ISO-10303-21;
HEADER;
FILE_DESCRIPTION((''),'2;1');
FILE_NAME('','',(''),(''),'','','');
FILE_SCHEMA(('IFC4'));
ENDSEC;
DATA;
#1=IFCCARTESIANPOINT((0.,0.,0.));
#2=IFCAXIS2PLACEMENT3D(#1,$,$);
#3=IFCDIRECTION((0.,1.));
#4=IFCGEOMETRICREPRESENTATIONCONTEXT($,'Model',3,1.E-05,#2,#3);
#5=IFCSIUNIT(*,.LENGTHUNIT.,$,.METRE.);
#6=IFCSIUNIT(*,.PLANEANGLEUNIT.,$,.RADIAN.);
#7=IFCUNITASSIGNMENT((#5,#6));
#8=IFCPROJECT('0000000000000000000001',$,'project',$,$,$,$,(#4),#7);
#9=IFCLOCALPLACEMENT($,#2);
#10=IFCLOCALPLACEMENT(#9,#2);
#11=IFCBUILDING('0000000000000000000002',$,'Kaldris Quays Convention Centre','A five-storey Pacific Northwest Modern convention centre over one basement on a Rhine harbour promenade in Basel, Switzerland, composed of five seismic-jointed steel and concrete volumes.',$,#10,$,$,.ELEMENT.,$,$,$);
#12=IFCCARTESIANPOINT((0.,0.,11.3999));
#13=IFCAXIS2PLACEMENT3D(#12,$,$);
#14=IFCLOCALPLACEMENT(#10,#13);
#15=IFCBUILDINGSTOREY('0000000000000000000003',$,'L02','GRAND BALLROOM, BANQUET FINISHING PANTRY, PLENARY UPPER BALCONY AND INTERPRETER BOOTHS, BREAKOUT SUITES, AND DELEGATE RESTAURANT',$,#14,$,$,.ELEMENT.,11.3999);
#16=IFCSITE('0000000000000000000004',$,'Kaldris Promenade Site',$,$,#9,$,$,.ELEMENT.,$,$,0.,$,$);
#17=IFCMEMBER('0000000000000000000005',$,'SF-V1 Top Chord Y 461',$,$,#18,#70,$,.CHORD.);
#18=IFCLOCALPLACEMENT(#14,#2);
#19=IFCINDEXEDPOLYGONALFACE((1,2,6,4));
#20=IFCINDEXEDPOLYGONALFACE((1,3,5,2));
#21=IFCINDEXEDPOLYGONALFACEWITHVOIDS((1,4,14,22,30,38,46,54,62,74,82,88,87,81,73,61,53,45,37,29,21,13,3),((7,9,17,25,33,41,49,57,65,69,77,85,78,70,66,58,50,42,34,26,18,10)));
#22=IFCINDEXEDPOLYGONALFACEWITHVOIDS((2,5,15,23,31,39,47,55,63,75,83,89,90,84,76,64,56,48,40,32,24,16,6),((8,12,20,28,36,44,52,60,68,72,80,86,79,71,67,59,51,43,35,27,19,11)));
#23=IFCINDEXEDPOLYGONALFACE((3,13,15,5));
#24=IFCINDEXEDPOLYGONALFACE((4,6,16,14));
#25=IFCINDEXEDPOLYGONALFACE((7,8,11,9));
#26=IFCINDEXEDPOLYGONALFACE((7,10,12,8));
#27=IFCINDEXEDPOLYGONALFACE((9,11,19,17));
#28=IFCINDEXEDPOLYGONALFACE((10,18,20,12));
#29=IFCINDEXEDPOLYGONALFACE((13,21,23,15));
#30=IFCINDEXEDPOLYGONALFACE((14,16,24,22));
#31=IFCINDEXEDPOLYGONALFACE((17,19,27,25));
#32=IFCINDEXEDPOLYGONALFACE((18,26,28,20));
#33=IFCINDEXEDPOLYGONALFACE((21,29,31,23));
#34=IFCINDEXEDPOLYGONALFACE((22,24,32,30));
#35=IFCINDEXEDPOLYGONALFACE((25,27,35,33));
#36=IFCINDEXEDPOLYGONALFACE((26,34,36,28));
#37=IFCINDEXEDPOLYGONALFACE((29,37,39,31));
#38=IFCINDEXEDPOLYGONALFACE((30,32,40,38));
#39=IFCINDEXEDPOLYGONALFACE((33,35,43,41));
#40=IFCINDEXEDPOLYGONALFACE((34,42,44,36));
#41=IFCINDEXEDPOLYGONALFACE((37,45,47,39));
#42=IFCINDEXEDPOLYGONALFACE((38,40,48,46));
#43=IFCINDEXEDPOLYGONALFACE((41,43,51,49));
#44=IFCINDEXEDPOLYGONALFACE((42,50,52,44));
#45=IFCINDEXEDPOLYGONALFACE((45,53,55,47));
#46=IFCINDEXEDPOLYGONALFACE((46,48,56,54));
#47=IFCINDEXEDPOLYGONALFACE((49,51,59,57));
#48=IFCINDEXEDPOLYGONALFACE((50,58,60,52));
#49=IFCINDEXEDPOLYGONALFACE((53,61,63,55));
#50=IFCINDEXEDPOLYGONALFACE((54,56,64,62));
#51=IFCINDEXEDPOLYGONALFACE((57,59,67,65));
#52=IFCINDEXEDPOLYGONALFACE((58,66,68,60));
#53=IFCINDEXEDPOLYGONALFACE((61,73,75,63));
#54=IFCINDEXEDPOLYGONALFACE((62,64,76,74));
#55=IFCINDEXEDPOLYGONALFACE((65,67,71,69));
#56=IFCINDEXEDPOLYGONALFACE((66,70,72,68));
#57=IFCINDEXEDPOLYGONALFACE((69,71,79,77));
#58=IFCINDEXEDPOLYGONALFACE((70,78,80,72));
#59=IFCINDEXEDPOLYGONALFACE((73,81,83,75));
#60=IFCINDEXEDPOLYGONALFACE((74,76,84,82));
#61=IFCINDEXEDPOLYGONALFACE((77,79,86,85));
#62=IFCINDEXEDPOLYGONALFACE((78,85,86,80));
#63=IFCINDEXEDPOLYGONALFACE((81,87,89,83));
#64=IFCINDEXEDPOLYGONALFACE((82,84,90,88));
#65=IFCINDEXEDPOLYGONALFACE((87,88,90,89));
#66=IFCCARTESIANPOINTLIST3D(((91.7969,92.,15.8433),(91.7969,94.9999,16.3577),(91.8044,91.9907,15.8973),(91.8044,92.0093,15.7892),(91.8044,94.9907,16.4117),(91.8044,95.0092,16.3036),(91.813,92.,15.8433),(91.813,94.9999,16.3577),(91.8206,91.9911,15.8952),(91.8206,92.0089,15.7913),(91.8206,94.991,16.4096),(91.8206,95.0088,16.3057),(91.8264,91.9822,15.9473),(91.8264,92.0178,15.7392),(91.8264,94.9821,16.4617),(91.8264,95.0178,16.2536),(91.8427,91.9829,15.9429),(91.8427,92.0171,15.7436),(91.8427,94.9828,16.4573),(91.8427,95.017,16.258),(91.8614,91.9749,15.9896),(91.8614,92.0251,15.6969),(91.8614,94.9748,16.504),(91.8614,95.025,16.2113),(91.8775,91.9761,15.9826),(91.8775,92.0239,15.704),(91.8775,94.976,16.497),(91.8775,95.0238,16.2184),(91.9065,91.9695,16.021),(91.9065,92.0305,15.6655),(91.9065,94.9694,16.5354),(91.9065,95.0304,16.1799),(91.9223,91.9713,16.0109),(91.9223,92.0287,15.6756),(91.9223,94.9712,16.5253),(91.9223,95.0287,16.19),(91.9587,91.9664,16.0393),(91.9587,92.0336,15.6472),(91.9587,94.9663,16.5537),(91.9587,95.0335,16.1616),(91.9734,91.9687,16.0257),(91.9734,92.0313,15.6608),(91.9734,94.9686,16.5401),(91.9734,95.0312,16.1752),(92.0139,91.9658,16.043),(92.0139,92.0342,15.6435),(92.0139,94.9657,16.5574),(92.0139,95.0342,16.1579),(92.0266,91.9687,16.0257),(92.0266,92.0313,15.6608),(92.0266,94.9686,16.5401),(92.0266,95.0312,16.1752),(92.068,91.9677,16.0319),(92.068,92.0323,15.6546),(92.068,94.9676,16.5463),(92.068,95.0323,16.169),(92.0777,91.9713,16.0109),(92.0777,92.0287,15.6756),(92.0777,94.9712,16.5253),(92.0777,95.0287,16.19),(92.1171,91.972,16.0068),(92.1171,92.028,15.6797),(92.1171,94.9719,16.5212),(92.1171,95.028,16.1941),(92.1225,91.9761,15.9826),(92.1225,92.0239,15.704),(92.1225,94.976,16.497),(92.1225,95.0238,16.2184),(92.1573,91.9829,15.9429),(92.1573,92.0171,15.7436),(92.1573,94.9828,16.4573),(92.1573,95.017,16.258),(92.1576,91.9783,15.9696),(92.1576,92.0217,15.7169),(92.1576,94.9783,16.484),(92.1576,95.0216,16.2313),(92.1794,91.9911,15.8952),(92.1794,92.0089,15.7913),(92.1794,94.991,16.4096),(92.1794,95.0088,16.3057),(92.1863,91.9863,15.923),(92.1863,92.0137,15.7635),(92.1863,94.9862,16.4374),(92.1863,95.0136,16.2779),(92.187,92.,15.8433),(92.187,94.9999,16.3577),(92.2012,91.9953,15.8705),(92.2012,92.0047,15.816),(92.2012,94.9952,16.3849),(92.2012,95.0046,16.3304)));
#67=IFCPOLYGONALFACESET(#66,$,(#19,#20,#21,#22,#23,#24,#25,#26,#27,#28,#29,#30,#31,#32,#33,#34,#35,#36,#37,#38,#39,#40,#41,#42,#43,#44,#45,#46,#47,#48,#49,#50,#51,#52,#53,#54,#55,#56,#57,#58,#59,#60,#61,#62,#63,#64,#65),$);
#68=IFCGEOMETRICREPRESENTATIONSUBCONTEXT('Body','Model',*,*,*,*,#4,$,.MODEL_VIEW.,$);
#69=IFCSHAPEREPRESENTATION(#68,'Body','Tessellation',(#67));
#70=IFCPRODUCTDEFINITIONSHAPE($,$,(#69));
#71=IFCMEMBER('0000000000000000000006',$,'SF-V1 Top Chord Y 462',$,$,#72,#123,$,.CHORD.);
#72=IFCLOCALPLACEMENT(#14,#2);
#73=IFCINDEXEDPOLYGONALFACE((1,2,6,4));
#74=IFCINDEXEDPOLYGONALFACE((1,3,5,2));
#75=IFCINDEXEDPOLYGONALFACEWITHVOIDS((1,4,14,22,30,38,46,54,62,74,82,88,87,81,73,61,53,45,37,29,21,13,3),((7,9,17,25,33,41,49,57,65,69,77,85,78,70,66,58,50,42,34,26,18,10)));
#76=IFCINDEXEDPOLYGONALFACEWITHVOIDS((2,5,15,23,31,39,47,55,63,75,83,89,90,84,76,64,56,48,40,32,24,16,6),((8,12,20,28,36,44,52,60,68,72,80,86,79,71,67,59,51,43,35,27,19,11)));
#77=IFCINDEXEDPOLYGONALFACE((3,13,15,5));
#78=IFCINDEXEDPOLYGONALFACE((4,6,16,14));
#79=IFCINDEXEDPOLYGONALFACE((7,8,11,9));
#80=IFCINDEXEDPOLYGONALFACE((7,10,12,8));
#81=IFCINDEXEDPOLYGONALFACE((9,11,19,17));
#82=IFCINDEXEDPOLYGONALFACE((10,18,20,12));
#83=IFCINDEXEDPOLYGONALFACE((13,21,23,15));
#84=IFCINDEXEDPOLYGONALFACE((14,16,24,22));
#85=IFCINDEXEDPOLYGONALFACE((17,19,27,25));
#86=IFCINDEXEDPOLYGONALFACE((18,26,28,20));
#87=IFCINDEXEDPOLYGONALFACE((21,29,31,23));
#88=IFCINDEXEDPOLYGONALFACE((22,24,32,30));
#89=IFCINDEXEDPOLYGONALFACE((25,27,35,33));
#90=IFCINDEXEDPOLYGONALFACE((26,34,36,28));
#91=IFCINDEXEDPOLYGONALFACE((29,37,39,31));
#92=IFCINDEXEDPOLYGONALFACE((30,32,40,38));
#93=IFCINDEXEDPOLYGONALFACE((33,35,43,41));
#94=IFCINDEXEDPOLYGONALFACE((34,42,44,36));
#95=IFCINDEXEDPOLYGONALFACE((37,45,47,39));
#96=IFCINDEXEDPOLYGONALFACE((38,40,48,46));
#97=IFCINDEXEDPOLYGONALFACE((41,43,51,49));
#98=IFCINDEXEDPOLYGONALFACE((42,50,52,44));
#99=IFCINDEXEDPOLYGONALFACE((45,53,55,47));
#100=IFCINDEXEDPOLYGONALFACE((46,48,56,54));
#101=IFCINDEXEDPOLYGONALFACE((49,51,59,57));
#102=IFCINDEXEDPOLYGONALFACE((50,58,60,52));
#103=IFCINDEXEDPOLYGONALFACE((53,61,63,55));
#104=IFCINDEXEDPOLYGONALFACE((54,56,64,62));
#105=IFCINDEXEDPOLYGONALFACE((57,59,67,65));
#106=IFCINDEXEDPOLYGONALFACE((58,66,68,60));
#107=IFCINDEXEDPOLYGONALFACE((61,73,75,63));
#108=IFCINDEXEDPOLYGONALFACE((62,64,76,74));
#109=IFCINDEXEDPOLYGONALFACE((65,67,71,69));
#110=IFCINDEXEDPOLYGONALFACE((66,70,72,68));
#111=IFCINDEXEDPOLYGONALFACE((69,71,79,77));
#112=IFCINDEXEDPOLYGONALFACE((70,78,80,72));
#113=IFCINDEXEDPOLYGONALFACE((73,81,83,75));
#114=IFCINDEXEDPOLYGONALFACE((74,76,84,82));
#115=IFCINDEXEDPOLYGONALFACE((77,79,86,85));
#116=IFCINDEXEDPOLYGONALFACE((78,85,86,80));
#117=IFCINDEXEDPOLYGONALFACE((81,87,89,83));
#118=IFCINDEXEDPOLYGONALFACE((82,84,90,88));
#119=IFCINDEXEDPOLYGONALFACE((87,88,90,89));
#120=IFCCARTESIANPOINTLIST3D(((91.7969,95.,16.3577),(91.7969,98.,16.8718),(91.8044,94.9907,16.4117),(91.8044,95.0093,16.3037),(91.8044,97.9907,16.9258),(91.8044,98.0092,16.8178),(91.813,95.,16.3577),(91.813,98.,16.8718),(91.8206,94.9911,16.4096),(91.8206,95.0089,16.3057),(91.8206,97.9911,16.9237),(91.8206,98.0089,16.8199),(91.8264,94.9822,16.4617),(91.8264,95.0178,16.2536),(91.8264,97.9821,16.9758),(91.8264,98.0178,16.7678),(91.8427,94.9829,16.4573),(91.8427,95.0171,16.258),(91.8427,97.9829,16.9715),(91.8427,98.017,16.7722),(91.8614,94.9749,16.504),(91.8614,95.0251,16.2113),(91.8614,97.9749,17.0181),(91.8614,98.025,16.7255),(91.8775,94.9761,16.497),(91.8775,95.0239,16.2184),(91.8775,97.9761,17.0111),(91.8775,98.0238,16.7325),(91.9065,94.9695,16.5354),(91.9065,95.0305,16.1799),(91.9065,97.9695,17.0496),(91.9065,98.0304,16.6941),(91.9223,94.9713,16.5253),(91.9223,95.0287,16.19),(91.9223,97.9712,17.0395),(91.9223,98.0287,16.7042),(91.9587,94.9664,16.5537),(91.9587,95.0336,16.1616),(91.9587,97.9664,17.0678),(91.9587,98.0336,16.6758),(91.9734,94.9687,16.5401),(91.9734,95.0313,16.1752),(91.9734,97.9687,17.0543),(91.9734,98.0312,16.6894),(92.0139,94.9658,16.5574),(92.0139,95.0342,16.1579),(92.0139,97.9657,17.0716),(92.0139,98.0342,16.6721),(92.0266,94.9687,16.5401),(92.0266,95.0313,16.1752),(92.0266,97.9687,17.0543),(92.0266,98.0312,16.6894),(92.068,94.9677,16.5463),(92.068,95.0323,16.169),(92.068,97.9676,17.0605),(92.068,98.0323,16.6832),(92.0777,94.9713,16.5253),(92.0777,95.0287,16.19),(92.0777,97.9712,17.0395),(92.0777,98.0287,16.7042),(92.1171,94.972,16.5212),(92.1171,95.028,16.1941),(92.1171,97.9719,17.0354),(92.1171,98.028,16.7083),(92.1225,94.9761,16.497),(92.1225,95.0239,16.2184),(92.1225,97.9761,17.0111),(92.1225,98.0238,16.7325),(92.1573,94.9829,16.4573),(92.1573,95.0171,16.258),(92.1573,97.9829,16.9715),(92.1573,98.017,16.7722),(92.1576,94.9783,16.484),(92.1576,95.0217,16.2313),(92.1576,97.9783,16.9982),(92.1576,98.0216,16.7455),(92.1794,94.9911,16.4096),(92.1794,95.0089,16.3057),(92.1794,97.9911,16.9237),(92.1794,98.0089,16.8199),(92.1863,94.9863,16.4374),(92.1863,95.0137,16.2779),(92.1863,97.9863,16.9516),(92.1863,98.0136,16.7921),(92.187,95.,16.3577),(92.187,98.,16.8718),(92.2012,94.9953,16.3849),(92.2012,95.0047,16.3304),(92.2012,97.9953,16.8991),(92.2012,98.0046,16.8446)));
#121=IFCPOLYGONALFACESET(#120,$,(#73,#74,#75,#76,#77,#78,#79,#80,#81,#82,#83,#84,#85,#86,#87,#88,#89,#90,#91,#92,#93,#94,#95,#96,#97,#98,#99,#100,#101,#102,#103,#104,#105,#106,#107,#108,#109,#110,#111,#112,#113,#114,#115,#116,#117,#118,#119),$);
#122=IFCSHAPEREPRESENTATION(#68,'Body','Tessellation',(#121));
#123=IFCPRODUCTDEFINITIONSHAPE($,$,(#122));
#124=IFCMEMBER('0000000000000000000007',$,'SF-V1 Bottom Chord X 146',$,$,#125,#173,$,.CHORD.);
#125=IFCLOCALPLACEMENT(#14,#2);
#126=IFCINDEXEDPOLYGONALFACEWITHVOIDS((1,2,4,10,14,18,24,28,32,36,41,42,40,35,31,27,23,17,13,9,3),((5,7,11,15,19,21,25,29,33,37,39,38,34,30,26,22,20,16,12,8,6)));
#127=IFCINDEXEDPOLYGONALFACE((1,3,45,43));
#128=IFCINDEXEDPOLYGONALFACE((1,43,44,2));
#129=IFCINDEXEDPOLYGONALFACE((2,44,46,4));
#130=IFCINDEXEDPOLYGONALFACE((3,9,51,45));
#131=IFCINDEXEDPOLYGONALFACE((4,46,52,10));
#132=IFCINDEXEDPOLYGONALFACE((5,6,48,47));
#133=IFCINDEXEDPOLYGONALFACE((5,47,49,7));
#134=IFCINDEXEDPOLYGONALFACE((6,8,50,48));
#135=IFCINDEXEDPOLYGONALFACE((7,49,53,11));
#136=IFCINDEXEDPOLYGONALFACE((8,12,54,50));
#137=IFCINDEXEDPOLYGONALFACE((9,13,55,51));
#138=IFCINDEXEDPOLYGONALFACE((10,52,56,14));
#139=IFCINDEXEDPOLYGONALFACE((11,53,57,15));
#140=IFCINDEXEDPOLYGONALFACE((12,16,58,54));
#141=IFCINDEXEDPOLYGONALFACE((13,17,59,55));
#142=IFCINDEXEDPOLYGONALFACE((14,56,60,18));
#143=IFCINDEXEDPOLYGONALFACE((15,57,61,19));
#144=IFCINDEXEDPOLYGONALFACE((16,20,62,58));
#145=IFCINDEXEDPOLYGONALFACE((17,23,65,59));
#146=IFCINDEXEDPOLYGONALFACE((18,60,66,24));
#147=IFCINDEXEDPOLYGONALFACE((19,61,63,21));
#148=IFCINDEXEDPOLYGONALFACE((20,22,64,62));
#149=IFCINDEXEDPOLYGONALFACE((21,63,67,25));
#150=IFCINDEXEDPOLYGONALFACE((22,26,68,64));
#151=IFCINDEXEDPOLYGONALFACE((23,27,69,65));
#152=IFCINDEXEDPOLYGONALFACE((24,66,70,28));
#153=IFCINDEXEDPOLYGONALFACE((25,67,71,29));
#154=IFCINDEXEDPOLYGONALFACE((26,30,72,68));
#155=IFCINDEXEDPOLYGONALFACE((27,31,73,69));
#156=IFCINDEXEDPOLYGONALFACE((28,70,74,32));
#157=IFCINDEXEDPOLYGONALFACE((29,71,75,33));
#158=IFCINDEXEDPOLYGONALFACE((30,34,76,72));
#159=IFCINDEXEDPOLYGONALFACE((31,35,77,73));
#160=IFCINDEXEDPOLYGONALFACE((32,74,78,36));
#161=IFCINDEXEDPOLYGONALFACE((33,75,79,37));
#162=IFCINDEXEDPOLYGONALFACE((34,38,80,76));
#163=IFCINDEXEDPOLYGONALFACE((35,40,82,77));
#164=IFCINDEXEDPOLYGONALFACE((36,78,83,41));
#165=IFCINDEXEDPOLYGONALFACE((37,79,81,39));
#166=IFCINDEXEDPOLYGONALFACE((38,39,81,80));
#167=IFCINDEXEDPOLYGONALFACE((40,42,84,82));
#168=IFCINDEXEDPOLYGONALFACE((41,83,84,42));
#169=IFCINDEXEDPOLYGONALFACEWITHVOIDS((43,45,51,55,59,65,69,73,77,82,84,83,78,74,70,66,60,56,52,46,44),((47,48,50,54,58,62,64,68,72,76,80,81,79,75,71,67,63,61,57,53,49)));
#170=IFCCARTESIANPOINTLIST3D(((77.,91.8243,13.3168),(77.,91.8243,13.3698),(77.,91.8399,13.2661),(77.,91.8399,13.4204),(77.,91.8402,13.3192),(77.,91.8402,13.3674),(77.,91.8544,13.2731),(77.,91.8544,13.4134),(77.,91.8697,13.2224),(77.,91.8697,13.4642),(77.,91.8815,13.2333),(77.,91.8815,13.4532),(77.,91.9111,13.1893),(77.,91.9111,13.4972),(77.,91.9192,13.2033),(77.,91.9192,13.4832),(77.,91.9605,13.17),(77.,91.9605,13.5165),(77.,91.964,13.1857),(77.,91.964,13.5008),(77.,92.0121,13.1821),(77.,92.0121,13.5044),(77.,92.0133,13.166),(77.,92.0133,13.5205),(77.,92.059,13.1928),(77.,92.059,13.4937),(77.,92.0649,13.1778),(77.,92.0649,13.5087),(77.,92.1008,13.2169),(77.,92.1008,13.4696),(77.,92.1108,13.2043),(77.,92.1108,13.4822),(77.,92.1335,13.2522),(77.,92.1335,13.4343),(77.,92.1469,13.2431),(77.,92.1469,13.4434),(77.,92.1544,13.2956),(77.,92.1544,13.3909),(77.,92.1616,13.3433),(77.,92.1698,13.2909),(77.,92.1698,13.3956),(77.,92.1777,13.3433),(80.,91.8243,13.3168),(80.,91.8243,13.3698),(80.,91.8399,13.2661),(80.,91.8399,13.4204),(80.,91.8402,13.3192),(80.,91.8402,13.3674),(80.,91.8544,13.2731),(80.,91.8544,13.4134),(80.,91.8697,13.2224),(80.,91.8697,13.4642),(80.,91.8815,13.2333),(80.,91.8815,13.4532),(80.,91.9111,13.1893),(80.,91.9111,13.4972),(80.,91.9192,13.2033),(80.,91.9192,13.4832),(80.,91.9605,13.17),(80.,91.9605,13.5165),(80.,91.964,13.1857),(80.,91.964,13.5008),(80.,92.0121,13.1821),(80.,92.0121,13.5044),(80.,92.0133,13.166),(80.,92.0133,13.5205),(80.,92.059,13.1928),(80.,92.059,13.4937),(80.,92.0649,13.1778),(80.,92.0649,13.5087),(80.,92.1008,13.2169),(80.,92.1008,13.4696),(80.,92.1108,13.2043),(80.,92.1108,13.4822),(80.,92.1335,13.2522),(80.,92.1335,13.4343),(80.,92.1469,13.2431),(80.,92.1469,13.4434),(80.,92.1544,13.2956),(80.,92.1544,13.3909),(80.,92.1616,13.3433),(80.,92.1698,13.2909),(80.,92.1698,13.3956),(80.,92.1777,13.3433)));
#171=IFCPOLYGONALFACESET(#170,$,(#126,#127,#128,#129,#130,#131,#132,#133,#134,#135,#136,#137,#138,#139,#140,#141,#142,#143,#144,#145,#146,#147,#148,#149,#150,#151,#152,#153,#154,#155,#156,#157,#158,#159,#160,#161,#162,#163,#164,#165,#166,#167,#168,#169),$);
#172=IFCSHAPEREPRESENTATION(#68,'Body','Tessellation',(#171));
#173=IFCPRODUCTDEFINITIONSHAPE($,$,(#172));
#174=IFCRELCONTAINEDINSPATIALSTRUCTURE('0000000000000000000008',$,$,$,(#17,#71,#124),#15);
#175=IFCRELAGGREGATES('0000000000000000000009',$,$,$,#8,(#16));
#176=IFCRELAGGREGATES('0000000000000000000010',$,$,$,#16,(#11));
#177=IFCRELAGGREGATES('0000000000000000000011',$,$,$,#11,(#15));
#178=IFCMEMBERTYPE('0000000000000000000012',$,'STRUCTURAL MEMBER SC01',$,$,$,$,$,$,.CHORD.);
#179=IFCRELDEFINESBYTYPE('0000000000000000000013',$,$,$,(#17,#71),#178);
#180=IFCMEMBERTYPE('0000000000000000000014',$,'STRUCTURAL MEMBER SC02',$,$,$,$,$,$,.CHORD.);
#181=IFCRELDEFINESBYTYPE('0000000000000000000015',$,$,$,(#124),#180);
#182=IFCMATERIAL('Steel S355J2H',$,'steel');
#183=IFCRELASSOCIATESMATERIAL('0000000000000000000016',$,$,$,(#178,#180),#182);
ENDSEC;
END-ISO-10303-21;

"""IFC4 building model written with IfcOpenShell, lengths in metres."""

from ifc_helpers import new_model, si_unit, direction, frame, origin, origin_2d, place, context, subcontext, project, spatial, hollow_circle, extrude, material, material_profile, profile_set, type_object, element, save


model = new_model("IFC4")

# Units and contexts
model_context = context("Model", 3, precision=1e-05, world=origin(), true_north=direction((0.0, 1.0)))
body_context = subcontext(model_context, "Body", "Model", "MODEL_VIEW")
ifc_project = project(units=[si_unit("LENGTHUNIT", "METRE"), si_unit("PLANEANGLEUNIT", "RADIAN")], contexts=[model_context])

# Site, building, storey
site_placement = place(None, origin())
site = spatial("IfcSite", under=ifc_project, at=site_placement, Name="Kaldris Promenade Site", CompositionType="ELEMENT", RefElevation=0.0)
building_placement = place(site_placement, origin())
building = spatial("IfcBuilding", under=site, at=building_placement, Name="Kaldris Quays Convention Centre", Description="A five-storey Pacific Northwest Modern convention centre over one basement on a Rhine harbour promenade in Basel, Switzerland, composed of five seismic-jointed steel and concrete volumes.", CompositionType="ELEMENT")
storey_placement = place(building_placement, frame((0.0, 0.0, 11.3999)))
storey = spatial("IfcBuildingStorey", under=building, at=storey_placement, Name="L02", Description="GRAND BALLROOM, BANQUET FINISHING PANTRY, PLENARY UPPER BALCONY AND INTERPRETER BOOTHS, BREAKOUT SUITES, AND DELEGATE RESTAURANT", CompositionType="ELEMENT", Elevation=11.3999)

# Members
ifc_material_1 = material(Name="Steel S355J2H", Category="steel")
ifc_material_profile_1 = material_profile(ifc_material_1, hollow_circle(Radius=0.2031, WallThickness=0.0161, at=origin_2d()), Name="CHS 406.4x16")
ifc_profile_set_1 = profile_set([ifc_material_profile_1], Name="Steel S355J2H")
member_type_1 = type_object("IfcMemberType", Name="STRUCTURAL MEMBER SC01", PredefinedType="CHORD", material=ifc_profile_set_1)
for number, where, z_axis, x_axis, name in (
    (1, (92.0, 92.0, 15.8433), (0.0, 0.985616, 0.169002), (-1.0, 0.0, 0.0), "SF-V1 Top Chord Y 461"),
    (2, (92.0, 95.0, 16.3577), (0.0, 0.985629, 0.168924), (-1.0, 0.0, 0.0), "SF-V1 Top Chord Y 462"),
):
    element("IfcMember", number, at=place(storey_placement, frame(where, z_axis=z_axis, x_axis=x_axis)), inside=storey, type_object=member_type_1, Name=name, PredefinedType="CHORD", context=body_context, shape_type="SweptSolid", body=[
        extrude(hollow_circle(Radius=0.2031, WallThickness=0.0161, at=origin_2d()), origin(), (0.0, 0.0, 1.0), 3.0437),
    ])
ifc_material_profile_2 = material_profile(ifc_material_1, hollow_circle(Radius=0.1777, WallThickness=0.0161, at=origin_2d()), Name="CHS 355.6x16")
ifc_profile_set_2 = profile_set([ifc_material_profile_2], Name="Steel S355J2H")
member_type_2 = type_object("IfcMemberType", Name="STRUCTURAL MEMBER SC02", PredefinedType="CHORD", material=ifc_profile_set_2)
for number, where, z_axis, x_axis, name in (
    (3, (77.0, 92.0, 13.3433), (1.0, 0.0, 0.0), (0.0, 1.0, 0.0), "SF-V1 Bottom Chord X 146"),
):
    element("IfcMember", number, at=place(storey_placement, frame(where, z_axis=z_axis, x_axis=x_axis)), inside=storey, type_object=member_type_2, Name=name, PredefinedType="CHORD", context=body_context, shape_type="SweptSolid", body=[
        extrude(hollow_circle(Radius=0.1777, WallThickness=0.0161, at=origin_2d()), origin(), (0.0, 0.0, 1.0), 3.0),
    ])

save(model, "model.ifc")
